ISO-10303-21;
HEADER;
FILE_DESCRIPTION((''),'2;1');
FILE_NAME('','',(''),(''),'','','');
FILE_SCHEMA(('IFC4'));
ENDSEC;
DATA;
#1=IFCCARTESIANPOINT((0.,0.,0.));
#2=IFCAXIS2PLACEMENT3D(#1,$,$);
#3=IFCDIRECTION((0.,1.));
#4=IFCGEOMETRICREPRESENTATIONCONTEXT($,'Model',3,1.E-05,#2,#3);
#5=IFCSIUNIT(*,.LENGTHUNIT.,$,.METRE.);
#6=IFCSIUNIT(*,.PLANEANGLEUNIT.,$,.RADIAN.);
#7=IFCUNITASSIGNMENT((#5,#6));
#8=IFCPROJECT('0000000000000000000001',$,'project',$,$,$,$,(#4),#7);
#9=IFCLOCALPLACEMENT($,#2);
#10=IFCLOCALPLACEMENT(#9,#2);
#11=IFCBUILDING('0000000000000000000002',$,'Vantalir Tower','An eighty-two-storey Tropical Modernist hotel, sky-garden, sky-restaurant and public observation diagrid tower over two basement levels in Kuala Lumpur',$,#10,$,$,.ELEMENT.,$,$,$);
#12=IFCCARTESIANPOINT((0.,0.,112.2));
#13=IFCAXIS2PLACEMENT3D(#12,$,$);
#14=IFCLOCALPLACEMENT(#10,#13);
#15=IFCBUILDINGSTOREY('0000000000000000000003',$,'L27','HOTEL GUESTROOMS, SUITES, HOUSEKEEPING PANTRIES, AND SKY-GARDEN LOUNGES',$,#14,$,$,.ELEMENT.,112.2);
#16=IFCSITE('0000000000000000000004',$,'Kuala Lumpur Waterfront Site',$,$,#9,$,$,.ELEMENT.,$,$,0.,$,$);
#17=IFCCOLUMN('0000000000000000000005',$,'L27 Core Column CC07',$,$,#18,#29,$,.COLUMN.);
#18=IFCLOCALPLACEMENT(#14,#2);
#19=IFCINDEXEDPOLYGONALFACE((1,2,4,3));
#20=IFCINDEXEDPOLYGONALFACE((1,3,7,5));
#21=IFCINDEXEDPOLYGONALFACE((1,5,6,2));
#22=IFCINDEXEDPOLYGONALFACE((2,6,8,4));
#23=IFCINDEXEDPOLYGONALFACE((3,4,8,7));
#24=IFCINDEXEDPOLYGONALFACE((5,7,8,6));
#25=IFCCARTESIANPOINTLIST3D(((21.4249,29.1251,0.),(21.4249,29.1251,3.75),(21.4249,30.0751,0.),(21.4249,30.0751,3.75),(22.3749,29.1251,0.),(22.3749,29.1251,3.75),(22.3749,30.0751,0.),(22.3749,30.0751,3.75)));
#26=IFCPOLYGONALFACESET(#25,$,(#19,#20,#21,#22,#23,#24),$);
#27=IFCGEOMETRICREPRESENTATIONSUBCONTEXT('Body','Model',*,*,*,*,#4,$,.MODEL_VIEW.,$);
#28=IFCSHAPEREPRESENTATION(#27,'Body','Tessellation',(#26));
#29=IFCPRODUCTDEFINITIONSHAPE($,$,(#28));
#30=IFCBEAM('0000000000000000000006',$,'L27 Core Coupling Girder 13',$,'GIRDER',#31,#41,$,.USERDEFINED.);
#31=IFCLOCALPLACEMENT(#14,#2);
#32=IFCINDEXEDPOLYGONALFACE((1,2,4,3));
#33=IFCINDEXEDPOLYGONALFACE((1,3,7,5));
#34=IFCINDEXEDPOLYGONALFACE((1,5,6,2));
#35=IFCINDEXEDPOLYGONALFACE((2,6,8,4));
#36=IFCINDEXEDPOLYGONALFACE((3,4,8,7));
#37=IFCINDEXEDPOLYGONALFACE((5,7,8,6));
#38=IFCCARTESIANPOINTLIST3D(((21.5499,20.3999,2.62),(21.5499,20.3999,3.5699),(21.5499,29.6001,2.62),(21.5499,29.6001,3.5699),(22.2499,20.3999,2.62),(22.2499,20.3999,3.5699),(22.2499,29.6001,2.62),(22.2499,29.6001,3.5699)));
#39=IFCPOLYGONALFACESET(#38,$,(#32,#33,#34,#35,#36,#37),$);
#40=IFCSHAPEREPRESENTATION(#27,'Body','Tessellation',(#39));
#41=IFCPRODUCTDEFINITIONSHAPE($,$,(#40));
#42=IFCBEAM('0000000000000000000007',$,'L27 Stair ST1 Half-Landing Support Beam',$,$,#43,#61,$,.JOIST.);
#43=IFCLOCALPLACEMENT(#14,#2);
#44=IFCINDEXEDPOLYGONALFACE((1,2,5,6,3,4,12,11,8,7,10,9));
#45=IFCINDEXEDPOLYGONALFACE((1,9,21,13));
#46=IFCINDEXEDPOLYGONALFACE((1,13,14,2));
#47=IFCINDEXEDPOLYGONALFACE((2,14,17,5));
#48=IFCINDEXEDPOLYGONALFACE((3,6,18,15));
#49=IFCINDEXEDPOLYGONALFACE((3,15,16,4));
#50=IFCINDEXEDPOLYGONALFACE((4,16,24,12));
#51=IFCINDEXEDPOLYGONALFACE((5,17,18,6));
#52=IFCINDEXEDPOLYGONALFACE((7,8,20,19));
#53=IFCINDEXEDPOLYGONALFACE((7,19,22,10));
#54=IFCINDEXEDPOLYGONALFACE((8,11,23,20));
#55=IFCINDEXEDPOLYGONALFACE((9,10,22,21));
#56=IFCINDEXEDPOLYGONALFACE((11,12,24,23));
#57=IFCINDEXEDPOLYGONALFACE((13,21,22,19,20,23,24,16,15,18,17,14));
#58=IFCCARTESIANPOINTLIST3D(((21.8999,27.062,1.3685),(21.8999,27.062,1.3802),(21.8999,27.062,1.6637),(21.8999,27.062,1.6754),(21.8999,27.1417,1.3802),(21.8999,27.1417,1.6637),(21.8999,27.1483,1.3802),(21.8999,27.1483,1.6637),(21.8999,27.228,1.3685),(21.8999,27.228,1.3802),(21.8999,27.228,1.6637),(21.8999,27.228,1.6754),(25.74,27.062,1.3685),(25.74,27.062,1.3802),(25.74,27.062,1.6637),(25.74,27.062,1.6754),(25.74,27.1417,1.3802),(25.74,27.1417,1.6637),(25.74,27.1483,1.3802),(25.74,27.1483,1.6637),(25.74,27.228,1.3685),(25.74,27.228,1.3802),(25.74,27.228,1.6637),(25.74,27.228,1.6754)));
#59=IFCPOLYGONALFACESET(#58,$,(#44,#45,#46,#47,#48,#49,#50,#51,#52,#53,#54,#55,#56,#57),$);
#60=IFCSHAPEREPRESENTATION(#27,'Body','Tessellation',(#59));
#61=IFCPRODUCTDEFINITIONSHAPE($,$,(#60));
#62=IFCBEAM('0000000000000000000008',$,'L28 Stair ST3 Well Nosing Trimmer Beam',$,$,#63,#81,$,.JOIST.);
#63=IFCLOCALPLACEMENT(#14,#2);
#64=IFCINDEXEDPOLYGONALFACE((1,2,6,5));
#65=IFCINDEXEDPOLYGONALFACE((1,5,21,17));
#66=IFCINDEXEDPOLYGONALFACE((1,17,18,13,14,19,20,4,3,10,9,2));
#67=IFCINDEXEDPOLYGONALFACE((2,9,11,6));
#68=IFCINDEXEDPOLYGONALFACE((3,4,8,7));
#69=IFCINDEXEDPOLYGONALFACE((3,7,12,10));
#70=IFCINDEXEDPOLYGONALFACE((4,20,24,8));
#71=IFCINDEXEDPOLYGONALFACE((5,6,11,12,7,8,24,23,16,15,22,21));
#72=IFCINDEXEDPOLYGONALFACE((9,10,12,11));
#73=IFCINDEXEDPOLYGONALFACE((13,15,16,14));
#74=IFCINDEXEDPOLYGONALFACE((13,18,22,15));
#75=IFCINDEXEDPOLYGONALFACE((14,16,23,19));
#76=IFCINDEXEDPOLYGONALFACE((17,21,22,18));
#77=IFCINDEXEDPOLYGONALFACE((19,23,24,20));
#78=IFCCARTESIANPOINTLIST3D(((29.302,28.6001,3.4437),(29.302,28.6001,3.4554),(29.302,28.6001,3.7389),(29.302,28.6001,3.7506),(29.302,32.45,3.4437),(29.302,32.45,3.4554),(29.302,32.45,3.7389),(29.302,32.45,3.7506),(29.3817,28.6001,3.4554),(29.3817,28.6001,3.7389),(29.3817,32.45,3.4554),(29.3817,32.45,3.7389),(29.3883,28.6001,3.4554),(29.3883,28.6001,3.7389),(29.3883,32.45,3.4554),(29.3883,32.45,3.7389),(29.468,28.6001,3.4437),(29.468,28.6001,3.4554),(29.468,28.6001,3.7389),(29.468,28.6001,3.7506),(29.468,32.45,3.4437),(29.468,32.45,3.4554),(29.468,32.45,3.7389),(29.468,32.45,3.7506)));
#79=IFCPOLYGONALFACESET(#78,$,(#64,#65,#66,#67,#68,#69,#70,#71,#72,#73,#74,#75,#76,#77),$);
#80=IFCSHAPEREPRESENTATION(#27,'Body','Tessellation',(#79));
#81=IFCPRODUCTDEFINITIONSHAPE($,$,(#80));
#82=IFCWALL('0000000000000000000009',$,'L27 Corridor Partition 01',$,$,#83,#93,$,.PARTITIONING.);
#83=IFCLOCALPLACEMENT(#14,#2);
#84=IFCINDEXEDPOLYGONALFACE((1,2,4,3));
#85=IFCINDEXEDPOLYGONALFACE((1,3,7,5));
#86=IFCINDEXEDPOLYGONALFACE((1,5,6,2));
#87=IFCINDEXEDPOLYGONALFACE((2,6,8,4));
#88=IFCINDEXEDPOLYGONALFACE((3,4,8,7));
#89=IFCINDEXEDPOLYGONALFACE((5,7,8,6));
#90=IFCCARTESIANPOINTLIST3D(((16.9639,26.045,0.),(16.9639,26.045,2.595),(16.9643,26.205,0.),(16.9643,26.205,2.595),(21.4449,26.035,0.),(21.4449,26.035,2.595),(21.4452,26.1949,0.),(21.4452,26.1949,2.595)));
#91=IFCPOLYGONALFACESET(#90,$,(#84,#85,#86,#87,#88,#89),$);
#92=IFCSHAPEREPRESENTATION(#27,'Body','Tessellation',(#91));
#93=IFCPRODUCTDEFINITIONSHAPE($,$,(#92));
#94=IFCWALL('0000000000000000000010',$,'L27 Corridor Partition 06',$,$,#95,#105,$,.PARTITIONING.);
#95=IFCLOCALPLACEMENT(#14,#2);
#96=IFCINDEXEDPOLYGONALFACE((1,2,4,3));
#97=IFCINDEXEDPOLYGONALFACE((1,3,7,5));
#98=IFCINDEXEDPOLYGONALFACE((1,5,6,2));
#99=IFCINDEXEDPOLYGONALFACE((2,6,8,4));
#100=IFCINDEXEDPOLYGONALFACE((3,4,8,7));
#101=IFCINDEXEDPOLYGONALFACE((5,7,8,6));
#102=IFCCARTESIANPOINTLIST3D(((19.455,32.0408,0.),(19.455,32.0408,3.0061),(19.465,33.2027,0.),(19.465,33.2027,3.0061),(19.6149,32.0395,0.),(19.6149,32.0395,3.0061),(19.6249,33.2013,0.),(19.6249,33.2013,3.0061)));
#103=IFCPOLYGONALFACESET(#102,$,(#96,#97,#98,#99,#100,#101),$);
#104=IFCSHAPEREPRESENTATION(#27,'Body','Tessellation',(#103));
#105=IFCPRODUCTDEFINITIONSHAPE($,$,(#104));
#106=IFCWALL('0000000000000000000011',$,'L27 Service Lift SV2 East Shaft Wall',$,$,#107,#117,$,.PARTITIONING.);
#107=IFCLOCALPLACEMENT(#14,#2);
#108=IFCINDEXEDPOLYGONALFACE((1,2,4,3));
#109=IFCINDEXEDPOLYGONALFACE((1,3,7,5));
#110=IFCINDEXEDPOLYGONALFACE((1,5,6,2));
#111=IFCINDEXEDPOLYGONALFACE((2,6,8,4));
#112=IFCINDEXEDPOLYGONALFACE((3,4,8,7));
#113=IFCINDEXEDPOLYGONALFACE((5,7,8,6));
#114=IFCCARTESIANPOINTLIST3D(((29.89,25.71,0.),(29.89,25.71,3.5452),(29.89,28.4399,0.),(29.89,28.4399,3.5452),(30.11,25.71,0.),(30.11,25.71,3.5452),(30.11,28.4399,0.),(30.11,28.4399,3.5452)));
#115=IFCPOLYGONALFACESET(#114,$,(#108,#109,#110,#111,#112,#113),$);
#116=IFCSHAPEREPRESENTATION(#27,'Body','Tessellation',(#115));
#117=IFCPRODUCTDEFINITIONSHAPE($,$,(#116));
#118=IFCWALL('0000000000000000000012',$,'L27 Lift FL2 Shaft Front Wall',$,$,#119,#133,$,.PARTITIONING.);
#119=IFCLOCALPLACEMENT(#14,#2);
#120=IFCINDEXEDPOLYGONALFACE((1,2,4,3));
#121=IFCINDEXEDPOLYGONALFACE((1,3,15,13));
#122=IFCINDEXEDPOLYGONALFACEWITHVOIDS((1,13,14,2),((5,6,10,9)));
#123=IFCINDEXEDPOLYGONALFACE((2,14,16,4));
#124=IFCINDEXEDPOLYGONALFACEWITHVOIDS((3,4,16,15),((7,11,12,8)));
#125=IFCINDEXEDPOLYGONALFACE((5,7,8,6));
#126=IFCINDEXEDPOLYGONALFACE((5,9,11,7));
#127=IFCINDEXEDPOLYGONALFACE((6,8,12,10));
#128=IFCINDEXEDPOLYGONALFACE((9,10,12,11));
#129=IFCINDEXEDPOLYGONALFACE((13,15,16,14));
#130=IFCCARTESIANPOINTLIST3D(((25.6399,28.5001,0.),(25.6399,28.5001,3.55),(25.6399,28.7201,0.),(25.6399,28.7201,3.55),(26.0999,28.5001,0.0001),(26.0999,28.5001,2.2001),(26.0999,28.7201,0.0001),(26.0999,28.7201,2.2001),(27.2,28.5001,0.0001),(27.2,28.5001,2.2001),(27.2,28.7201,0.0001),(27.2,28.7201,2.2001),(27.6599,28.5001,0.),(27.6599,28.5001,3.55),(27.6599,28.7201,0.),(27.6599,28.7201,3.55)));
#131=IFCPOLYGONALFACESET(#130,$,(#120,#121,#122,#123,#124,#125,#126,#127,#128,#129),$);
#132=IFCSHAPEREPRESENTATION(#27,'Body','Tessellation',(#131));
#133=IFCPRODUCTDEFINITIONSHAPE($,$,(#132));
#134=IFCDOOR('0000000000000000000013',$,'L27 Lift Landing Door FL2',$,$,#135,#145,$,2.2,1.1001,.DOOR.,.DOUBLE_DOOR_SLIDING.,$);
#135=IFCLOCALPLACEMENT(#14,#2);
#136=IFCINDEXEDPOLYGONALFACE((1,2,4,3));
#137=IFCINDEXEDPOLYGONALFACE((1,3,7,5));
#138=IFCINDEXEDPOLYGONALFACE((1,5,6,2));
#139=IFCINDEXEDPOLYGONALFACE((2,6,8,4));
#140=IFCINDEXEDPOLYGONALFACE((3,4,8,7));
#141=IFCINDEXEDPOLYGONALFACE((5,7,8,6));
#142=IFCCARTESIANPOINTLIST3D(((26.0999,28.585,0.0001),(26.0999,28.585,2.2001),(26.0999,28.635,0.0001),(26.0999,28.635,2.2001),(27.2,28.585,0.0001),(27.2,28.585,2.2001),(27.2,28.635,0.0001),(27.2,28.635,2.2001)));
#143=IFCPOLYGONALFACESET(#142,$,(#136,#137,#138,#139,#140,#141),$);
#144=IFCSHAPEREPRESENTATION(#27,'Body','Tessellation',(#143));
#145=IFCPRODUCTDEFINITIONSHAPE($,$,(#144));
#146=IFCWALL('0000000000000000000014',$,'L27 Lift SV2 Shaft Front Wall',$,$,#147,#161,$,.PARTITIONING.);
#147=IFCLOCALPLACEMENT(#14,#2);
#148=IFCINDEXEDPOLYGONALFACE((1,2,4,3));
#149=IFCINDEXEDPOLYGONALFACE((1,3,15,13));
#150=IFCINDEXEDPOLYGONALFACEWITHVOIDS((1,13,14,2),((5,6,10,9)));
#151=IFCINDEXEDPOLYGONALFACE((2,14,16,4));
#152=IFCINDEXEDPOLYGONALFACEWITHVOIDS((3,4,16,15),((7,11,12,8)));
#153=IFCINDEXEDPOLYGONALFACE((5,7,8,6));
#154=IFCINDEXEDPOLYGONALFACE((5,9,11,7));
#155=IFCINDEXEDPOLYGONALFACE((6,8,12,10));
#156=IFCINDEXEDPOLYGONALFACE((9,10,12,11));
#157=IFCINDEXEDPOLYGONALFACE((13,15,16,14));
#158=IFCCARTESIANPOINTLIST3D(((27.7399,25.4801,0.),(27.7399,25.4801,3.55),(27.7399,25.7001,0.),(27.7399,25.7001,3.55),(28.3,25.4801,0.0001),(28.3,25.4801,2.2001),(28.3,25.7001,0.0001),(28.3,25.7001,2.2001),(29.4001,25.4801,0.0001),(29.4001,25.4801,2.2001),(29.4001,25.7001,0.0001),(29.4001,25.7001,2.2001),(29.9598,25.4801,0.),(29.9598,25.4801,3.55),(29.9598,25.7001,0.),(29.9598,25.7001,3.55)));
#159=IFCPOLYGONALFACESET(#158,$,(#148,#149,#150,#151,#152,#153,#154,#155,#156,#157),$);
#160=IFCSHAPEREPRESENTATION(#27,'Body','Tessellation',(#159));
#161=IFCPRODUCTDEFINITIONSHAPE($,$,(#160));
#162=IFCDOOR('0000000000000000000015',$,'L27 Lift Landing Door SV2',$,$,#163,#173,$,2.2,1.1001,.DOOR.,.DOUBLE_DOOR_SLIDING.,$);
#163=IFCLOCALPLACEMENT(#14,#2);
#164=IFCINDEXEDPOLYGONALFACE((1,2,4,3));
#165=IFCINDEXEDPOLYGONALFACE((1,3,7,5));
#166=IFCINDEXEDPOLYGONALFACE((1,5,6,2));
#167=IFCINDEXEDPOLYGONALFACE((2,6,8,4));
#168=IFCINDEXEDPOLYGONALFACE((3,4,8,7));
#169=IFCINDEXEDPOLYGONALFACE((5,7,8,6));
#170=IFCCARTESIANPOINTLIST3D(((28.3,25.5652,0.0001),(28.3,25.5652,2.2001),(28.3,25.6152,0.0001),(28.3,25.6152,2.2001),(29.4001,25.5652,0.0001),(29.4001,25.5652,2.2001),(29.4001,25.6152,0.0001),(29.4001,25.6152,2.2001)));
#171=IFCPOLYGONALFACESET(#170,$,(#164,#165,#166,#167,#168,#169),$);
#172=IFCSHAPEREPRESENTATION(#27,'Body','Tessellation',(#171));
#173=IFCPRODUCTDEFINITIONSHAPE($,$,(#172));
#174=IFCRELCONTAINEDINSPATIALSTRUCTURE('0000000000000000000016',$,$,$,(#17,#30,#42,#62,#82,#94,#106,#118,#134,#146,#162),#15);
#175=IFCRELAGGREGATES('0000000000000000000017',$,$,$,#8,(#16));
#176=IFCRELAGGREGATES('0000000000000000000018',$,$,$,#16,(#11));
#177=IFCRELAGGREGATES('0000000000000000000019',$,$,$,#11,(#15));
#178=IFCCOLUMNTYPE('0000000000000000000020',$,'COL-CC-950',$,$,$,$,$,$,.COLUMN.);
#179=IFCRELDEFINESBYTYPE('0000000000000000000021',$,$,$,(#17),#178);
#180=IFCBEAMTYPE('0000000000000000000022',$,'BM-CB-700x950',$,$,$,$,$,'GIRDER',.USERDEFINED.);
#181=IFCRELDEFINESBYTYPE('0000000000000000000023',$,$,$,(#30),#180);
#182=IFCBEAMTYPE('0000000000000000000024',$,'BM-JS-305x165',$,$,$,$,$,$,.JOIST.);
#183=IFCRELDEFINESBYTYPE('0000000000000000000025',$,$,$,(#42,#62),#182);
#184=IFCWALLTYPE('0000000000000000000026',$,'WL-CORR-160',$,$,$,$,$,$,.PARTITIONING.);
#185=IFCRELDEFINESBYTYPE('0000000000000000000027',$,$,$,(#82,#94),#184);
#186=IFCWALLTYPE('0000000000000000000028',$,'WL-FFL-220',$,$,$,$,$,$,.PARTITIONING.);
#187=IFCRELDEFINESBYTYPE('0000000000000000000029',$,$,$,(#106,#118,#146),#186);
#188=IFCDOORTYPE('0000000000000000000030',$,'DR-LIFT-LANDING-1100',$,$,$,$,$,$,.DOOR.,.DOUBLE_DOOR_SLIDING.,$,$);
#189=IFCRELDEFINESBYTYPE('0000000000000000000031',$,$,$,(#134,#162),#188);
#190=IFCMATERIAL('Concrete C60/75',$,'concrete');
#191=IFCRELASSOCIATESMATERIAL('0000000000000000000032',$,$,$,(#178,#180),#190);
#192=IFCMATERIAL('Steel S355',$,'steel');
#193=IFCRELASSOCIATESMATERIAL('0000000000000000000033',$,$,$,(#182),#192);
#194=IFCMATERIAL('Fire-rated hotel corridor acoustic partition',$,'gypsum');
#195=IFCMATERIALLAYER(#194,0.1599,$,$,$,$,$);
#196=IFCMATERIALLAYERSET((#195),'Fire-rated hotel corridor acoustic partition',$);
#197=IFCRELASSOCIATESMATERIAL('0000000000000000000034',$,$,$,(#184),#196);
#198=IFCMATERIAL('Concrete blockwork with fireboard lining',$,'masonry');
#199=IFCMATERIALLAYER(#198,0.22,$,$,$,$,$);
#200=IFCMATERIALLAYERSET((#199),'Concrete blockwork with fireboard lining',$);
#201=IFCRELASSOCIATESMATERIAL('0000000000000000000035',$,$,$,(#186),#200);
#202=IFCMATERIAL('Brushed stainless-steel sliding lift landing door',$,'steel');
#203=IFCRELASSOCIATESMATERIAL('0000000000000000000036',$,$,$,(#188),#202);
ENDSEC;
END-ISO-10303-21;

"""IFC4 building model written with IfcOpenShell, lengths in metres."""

from ifc_helpers import new_model, si_unit, direction, frame, frame_2d, origin, origin_2d, place, context, subcontext, project, spatial, rectangle, i_section, extrude, material, layer, layer_set, material_profile, profile_set, type_object, element, fill, save


model = new_model("IFC4")

# Units and contexts
model_context = context("Model", 3, precision=1e-05, world=origin(), true_north=direction((0.0, 1.0)))
body_context = subcontext(model_context, "Body", "Model", "MODEL_VIEW")
ifc_project = project(units=[si_unit("LENGTHUNIT", "METRE"), si_unit("PLANEANGLEUNIT", "RADIAN")], contexts=[model_context])

# Site, building, storey
site_placement = place(None, origin())
site = spatial("IfcSite", under=ifc_project, at=site_placement, Name="Kuala Lumpur Waterfront Site", CompositionType="ELEMENT", RefElevation=0.0)
building_placement = place(site_placement, origin())
building = spatial("IfcBuilding", under=site, at=building_placement, Name="Vantalir Tower", Description="An eighty-two-storey Tropical Modernist hotel, sky-garden, sky-restaurant and public observation diagrid tower over two basement levels in Kuala Lumpur", CompositionType="ELEMENT")
storey_placement = place(building_placement, frame((0.0, 0.0, 112.2)))
storey = spatial("IfcBuildingStorey", under=building, at=storey_placement, Name="L27", Description="HOTEL GUESTROOMS, SUITES, HOUSEKEEPING PANTRIES, AND SKY-GARDEN LOUNGES", CompositionType="ELEMENT", Elevation=112.2)

# Column
ifc_material_1 = material(Name="Concrete C60/75", Category="concrete")
ifc_material_profile_1 = material_profile(ifc_material_1, rectangle(XDim=0.95, YDim=0.95, at=origin_2d()), Name="Concrete C60/75")
ifc_profile_set_1 = profile_set([ifc_material_profile_1], Name="Concrete C60/75")
column_type = type_object("IfcColumnType", Name="COL-CC-950", PredefinedType="COLUMN", material=ifc_profile_set_1)
column_placement = place(storey_placement, frame((21.8999, 29.6001, 0.0), z_axis=(0.0, 0.0, 1.0), x_axis=(1.0, 0.0, 0.0)))
element("IfcColumn", 1, at=column_placement, inside=storey, type_object=column_type, Name="L27 Core Column CC07", PredefinedType="COLUMN", context=body_context, shape_type="SweptSolid", body=[
    extrude(rectangle(XDim=0.95, YDim=0.95, at=origin_2d()), origin(), (0.0, 0.0, 1.0), 3.75),
])

# Beams
ifc_material_profile_2 = material_profile(ifc_material_1, rectangle(XDim=0.7, YDim=0.95, at=origin_2d()), Name="Concrete C60/75")
ifc_profile_set_2 = profile_set([ifc_material_profile_2], Name="Concrete C60/75")
beam_type_1 = type_object("IfcBeamType", Name="BM-CB-700x950", ElementType="GIRDER", PredefinedType="USERDEFINED", material=ifc_profile_set_2)
beam_1_placement = place(storey_placement, frame((21.8999, 29.6001, 3.095), z_axis=(0.0, -1.0, 0.0), x_axis=(1.0, 0.0, 0.0)))
element("IfcBeam", 2, at=beam_1_placement, inside=storey, type_object=beam_type_1, Name="L27 Core Coupling Girder 13", ObjectType="GIRDER", PredefinedType="USERDEFINED", context=body_context, shape_type="SweptSolid", body=[
    extrude(rectangle(XDim=0.7, YDim=0.95, at=origin_2d()), origin(), (0.0, 0.0, 1.0), 9.2002),
])
ifc_material_2 = material(Name="Steel S355", Category="steel")
ifc_material_profile_3 = material_profile(ifc_material_2, i_section(OverallWidth=0.166, OverallDepth=0.3069, WebThickness=0.0066, FlangeThickness=0.0117, at=origin_2d()), Name="Steel S355")
ifc_profile_set_3 = profile_set([ifc_material_profile_3], Name="Steel S355")
beam_type_2 = type_object("IfcBeamType", Name="BM-JS-305x165", PredefinedType="JOIST", material=ifc_profile_set_3)
beam_2_placement = place(storey_placement, frame((21.8999, 27.145, 1.522), z_axis=(1.0, 0.0, 0.0), x_axis=(0.0, 1.0, 0.0)))
element("IfcBeam", 3, at=beam_2_placement, inside=storey, type_object=beam_type_2, Name="L27 Stair ST1 Half-Landing Support Beam", PredefinedType="JOIST", context=body_context, shape_type="SweptSolid", body=[
    extrude(i_section(OverallWidth=0.166, OverallDepth=0.3069, WebThickness=0.0066, FlangeThickness=0.0117, at=origin_2d()), origin(), (0.0, 0.0, 1.0), 3.8401),
])
beam_3_placement = place(storey_placement, frame((29.385, 28.6001, 3.5972), z_axis=(0.0, 1.0, 0.0), x_axis=(-1.0, 0.0, 0.0)))
element("IfcBeam", 4, at=beam_3_placement, inside=storey, type_object=beam_type_2, Name="L28 Stair ST3 Well Nosing Trimmer Beam", PredefinedType="JOIST", context=body_context, shape_type="SweptSolid", body=[
    extrude(i_section(OverallWidth=0.166, OverallDepth=0.3069, WebThickness=0.0066, FlangeThickness=0.0117, at=origin_2d()), origin(), (0.0, 0.0, 1.0), 3.8499),
])

# Walls
ifc_material_3 = material(Name="Fire-rated hotel corridor acoustic partition", Category="gypsum")
ifc_layer_1 = layer(ifc_material_3, 0.1599)
ifc_layer_set_1 = layer_set([ifc_layer_1], Name="Fire-rated hotel corridor acoustic partition")
wall_type_1 = type_object("IfcWallType", Name="WL-CORR-160", PredefinedType="PARTITIONING", material=ifc_layer_set_1)
wall_1_placement = place(storey_placement, frame((21.4451, 26.115, 0.0), z_axis=(0.0, 0.0, 1.0), x_axis=(-0.999998, 0.002234, 0.0)))
element("IfcWall", 5, at=wall_1_placement, inside=storey, type_object=wall_type_1, Name="L27 Corridor Partition 01", PredefinedType="PARTITIONING", context=body_context, shape_type="SweptSolid", body=[
    extrude(rectangle(XDim=4.481, YDim=0.1599, at=frame_2d((2.2405, 0.0))), origin(), (0.0, 0.0, 1.0), 2.595),
])
wall_2_placement = place(storey_placement, frame((19.5349, 32.04, 0.0), z_axis=(0.0, 0.0, 1.0), x_axis=(0.008615, 0.999963, 0.0)))
element("IfcWall", 6, at=wall_2_placement, inside=storey, type_object=wall_type_1, Name="L27 Corridor Partition 06", PredefinedType="PARTITIONING", context=body_context, shape_type="SweptSolid", body=[
    extrude(rectangle(XDim=1.1619, YDim=0.1599, at=frame_2d((0.5811, 0.0))), origin(), (0.0, 0.0, 1.0), 3.0061),
])
ifc_material_4 = material(Name="Concrete blockwork with fireboard lining", Category="masonry")
ifc_layer_2 = layer(ifc_material_4, 0.22)
ifc_layer_set_2 = layer_set([ifc_layer_2], Name="Concrete blockwork with fireboard lining")
wall_type_2 = type_object("IfcWallType", Name="WL-FFL-220", PredefinedType="PARTITIONING", material=ifc_layer_set_2)
wall_3_placement = place(storey_placement, frame((30.0, 25.71, 0.0), z_axis=(0.0, 0.0, 1.0), x_axis=(0.0, 1.0, 0.0)))
element("IfcWall", 7, at=wall_3_placement, inside=storey, type_object=wall_type_2, Name="L27 Service Lift SV2 East Shaft Wall", PredefinedType="PARTITIONING", context=body_context, shape_type="SweptSolid", body=[
    extrude(rectangle(XDim=2.73, YDim=0.22, at=frame_2d((1.365, 0.0))), origin(), (0.0, 0.0, 1.0), 3.5452),
])

# Walls, openings, doors
wall_4_placement = place(storey_placement, frame((25.6399, 28.6101, 0.0), z_axis=(0.0, 0.0, 1.0), x_axis=(1.0, 0.0, 0.0)))
wall_4 = element("IfcWall", 8, at=wall_4_placement, inside=storey, type_object=wall_type_2, Name="L27 Lift FL2 Shaft Front Wall", PredefinedType="PARTITIONING", context=body_context, shape_type="SweptSolid", body=[
    extrude(rectangle(XDim=2.02, YDim=0.22, at=frame_2d((1.01, 0.0))), origin(), (0.0, 0.0, 1.0), 3.55),
])
opening_1_placement = place(wall_4_placement, frame((0.46, 0.0, 0.0)))
opening_1 = element("IfcOpeningElement", 9, at=opening_1_placement, cuts=wall_4, PredefinedType="OPENING", context=body_context, shape_type="SweptSolid", body=[
    extrude(rectangle(XDim=1.1001, YDim=2.2, at=frame_2d((0.55, 1.1001))), frame((0.0, 0.1199, 0.0), z_axis=(0.0, -1.0, 0.0), x_axis=(1.0, 0.0, 0.0)), (0.0, 0.0, 1.0), 0.24),
])
ifc_material_5 = material(Name="Brushed stainless-steel sliding lift landing door", Category="steel")
door_type_1 = type_object("IfcDoorType", Name="DR-LIFT-LANDING-1100", OperationType="DOUBLE_DOOR_SLIDING", PredefinedType="DOOR", material=ifc_material_5)
door_1_placement = place(opening_1_placement, origin())
door_1 = element("IfcDoor", 10, at=door_1_placement, inside=storey, type_object=door_type_1, Name="L27 Lift Landing Door FL2", OperationType="DOUBLE_DOOR_SLIDING", OverallHeight=2.2, OverallWidth=1.1001, PredefinedType="DOOR", context=body_context, shape_type="SweptSolid", body=[
    extrude(rectangle(XDim=1.1001, YDim=2.2, at=frame_2d((0.55, 1.1001))), frame((0.0, 0.0249, 0.0), z_axis=(0.0, -1.0, 0.0), x_axis=(1.0, 0.0, 0.0)), (0.0, 0.0, 1.0), 0.05),
])
fill(opening_1, door_1)
wall_5_placement = place(storey_placement, frame((27.74, 25.5901, 0.0), z_axis=(0.0, 0.0, 1.0), x_axis=(1.0, 0.0, 0.0)))
wall_5 = element("IfcWall", 11, at=wall_5_placement, inside=storey, type_object=wall_type_2, Name="L27 Lift SV2 Shaft Front Wall", PredefinedType="PARTITIONING", context=body_context, shape_type="SweptSolid", body=[
    extrude(rectangle(XDim=2.22, YDim=0.22, at=frame_2d((1.1099, 0.0))), origin(), (0.0, 0.0, 1.0), 3.55),
])
opening_2_placement = place(wall_5_placement, frame((0.5601, 0.0, 0.0)))
opening_2 = element("IfcOpeningElement", 12, at=opening_2_placement, cuts=wall_5, PredefinedType="OPENING", context=body_context, shape_type="SweptSolid", body=[
    extrude(rectangle(XDim=1.1001, YDim=2.2, at=frame_2d((0.55, 1.1001))), frame((0.0, 0.1199, 0.0), z_axis=(0.0, -1.0, 0.0), x_axis=(1.0, 0.0, 0.0)), (0.0, 0.0, 1.0), 0.24),
])
door_2_placement = place(opening_2_placement, frame((1.1001, 0.0, 0.0), z_axis=(0.0, 0.0, 1.0), x_axis=(-1.0, 0.0, 0.0)))
door_2 = element("IfcDoor", 13, at=door_2_placement, inside=storey, type_object=door_type_1, Name="L27 Lift Landing Door SV2", OperationType="DOUBLE_DOOR_SLIDING", OverallHeight=2.2, OverallWidth=1.1001, PredefinedType="DOOR", context=body_context, shape_type="SweptSolid", body=[
    extrude(rectangle(XDim=1.1001, YDim=2.2, at=frame_2d((0.55, 1.1001))), frame((0.0, 0.0249, 0.0), z_axis=(0.0, -1.0, 0.0), x_axis=(1.0, 0.0, 0.0)), (0.0, 0.0, 1.0), 0.05),
])
fill(opening_2, door_2)

save(model, "model.ifc")
